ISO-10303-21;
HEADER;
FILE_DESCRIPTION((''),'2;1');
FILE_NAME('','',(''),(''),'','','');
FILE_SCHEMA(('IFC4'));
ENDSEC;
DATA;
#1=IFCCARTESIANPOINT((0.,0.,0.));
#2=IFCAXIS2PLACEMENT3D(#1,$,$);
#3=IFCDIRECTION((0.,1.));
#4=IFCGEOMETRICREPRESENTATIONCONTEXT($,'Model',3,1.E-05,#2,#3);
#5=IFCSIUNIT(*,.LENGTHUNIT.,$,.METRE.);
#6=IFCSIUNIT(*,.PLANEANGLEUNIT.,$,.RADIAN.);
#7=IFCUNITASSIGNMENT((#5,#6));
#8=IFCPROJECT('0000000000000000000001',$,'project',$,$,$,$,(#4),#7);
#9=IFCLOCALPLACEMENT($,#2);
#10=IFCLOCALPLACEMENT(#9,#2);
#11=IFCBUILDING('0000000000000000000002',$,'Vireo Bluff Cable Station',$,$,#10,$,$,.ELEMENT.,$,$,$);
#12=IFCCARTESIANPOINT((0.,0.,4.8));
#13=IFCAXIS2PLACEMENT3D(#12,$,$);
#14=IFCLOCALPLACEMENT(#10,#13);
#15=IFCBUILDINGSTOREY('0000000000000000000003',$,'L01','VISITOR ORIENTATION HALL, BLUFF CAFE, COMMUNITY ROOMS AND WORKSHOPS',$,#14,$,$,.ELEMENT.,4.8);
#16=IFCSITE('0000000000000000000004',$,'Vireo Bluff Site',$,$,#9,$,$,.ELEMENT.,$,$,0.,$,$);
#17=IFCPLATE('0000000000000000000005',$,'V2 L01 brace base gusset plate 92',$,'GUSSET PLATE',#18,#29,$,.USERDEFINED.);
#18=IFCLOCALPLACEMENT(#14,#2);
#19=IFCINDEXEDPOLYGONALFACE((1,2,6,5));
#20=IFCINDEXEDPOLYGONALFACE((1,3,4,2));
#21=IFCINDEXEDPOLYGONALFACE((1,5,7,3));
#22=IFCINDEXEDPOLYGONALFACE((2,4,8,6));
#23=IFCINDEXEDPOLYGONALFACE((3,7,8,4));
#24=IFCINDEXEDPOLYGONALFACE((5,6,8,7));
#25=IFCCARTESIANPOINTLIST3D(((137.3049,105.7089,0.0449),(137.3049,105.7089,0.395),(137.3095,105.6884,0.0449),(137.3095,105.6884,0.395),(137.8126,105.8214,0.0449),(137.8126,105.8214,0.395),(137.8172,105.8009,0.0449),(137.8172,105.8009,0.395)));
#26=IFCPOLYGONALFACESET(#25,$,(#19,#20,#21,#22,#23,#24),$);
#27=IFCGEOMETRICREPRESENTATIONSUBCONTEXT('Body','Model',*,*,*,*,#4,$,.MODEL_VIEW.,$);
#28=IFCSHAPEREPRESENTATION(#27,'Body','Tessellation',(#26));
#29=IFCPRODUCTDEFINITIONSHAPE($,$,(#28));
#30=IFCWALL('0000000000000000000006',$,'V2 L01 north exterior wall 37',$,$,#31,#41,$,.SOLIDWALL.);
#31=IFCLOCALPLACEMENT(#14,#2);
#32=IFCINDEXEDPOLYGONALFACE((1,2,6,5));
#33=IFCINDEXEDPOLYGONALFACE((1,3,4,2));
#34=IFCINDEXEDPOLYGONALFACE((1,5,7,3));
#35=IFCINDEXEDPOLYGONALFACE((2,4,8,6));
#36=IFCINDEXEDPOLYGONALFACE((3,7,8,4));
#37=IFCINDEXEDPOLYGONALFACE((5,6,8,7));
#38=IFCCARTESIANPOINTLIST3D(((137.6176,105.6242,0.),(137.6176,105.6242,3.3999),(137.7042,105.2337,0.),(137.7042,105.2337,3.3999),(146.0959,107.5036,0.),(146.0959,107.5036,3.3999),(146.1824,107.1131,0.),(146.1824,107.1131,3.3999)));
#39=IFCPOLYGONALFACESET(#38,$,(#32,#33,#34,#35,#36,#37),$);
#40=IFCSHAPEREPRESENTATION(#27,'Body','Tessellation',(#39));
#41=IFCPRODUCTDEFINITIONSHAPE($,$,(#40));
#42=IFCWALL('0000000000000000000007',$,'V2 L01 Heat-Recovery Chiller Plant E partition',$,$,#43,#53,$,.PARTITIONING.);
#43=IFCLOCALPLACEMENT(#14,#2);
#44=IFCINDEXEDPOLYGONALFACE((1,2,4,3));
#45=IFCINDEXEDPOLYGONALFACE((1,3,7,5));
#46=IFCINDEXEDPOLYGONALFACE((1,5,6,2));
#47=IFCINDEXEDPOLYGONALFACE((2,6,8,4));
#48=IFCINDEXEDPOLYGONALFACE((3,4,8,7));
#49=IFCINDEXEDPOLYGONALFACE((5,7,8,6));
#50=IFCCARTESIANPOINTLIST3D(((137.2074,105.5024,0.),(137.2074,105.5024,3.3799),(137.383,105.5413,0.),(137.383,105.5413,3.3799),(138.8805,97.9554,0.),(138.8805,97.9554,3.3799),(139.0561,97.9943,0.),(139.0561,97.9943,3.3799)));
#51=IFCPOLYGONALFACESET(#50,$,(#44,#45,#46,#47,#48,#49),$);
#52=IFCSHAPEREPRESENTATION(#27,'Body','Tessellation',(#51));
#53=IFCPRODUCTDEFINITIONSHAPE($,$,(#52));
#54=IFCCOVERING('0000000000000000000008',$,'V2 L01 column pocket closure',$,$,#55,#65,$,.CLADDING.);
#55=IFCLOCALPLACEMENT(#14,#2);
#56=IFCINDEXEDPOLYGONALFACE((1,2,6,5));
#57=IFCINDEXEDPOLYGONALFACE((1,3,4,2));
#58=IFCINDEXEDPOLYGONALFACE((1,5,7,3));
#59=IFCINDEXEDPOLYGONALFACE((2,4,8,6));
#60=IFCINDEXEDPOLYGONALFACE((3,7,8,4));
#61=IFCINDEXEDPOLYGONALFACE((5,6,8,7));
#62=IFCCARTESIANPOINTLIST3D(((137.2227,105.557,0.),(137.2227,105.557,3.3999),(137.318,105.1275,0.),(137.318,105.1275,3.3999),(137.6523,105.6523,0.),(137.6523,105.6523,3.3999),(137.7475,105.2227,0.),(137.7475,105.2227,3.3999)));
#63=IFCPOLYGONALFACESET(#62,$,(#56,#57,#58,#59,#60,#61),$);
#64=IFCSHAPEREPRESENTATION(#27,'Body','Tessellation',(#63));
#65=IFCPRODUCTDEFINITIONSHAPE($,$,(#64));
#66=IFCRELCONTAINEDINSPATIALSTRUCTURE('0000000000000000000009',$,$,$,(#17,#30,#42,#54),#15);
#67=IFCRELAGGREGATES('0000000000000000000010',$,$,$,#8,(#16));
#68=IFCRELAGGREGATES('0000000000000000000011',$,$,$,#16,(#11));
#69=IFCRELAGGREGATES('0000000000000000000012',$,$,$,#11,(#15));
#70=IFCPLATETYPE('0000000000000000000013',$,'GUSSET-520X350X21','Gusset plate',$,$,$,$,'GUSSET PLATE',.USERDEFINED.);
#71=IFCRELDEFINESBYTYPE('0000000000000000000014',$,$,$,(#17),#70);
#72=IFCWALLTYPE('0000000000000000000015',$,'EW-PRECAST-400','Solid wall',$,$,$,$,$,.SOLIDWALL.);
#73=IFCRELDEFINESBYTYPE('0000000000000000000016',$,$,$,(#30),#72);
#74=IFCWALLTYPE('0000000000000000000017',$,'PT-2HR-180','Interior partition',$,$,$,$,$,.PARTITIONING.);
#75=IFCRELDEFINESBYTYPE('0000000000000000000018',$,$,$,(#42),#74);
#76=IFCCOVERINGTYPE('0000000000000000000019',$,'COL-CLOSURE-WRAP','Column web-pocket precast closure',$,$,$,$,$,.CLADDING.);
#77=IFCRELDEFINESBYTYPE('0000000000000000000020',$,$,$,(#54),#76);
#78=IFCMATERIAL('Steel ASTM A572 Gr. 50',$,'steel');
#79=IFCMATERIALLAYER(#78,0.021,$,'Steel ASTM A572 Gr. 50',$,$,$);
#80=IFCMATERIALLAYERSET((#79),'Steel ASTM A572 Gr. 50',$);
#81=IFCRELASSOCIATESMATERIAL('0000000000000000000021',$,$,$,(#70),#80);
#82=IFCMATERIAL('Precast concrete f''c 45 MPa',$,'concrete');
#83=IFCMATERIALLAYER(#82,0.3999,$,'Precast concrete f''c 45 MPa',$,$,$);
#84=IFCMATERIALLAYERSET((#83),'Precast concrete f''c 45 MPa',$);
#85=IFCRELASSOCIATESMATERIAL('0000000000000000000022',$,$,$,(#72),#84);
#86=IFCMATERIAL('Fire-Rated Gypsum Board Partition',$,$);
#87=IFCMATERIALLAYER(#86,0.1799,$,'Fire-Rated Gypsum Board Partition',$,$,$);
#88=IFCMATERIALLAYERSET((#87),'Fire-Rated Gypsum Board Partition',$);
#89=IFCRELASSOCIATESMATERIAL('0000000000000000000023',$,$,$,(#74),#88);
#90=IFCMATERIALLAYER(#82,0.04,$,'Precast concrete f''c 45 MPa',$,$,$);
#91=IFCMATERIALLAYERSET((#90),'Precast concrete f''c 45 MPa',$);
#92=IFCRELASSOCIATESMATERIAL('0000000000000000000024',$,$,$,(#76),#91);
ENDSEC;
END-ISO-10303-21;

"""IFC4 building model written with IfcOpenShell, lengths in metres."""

from ifc_helpers import new_model, si_unit, direction, frame, frame_2d, origin, origin_2d, place, context, subcontext, project, spatial, rectangle, extrude, material, layer, layer_set, type_object, element, save


model = new_model("IFC4")

# Units and contexts
model_context = context("Model", 3, precision=1e-05, world=origin(), true_north=direction((0.0, 1.0)))
body_context = subcontext(model_context, "Body", "Model", "MODEL_VIEW")
ifc_project = project(units=[si_unit("LENGTHUNIT", "METRE"), si_unit("PLANEANGLEUNIT", "RADIAN")], contexts=[model_context])

# Site, building, storey
site_placement = place(None, origin())
site = spatial("IfcSite", under=ifc_project, at=site_placement, Name="Vireo Bluff Site", CompositionType="ELEMENT", RefElevation=0.0)
building_placement = place(site_placement, origin())
building = spatial("IfcBuilding", under=site, at=building_placement, Name="Vireo Bluff Cable Station", CompositionType="ELEMENT")
storey_placement = place(building_placement, frame((0.0, 0.0, 4.8)))
storey = spatial("IfcBuildingStorey", under=building, at=storey_placement, Name="L01", Description="VISITOR ORIENTATION HALL, BLUFF CAFE, COMMUNITY ROOMS AND WORKSHOPS", CompositionType="ELEMENT", Elevation=4.8)

# Plate
ifc_material_1 = material(Name="Steel ASTM A572 Gr. 50", Category="steel")
ifc_layer_1 = layer(ifc_material_1, 0.021, Name="Steel ASTM A572 Gr. 50")
ifc_layer_set_1 = layer_set([ifc_layer_1], Name="Steel ASTM A572 Gr. 50")
plate_type_1 = type_object("IfcPlateType", Name="GUSSET-520X350X21", Description="Gusset plate", ElementType="GUSSET PLATE", PredefinedType="USERDEFINED", material=ifc_layer_set_1)
plate_1_placement = place(storey_placement, frame((137.561, 105.7549, 0.0449), z_axis=(0.0, 0.0, 1.0), x_axis=(0.976296, 0.21644, 0.0)))
element("IfcPlate", 1, at=plate_1_placement, inside=storey, type_object=plate_type_1, Name="V2 L01 brace base gusset plate 92", ObjectType="GUSSET PLATE", PredefinedType="USERDEFINED", context=body_context, shape_type="SweptSolid", body=[
    extrude(rectangle(XDim=0.52, YDim=0.021, at=origin_2d()), origin(), (0.0, 0.0, 1.0), 0.3501),
])

# Walls
ifc_material_2 = material(Name="Precast concrete f'c 45 MPa", Category="concrete")
ifc_layer_2 = layer(ifc_material_2, 0.3999, Name="Precast concrete f'c 45 MPa")
ifc_layer_set_2 = layer_set([ifc_layer_2], Name="Precast concrete f'c 45 MPa")
wall_type_1 = type_object("IfcWallType", Name="EW-PRECAST-400", Description="Solid wall", PredefinedType="SOLIDWALL", material=ifc_layer_set_2)
wall_1_placement = place(storey_placement, frame((137.6609, 105.429, 0.0), z_axis=(0.0, 0.0, 1.0), x_axis=(0.976301, 0.216418, 0.0)))
element("IfcWall", 2, at=wall_1_placement, inside=storey, type_object=wall_type_1, Name="V2 L01 north exterior wall 37", PredefinedType="SOLIDWALL", context=body_context, shape_type="SweptSolid", body=[
    extrude(rectangle(XDim=8.6841, YDim=0.3999, at=frame_2d((4.342, 0.0))), origin(), (0.0, 0.0, 1.0), 3.3999),
])
ifc_material_3 = material(Name="Fire-Rated Gypsum Board Partition")
ifc_layer_3 = layer(ifc_material_3, 0.1799, Name="Fire-Rated Gypsum Board Partition")
ifc_layer_set_3 = layer_set([ifc_layer_3], Name="Fire-Rated Gypsum Board Partition")
wall_type_2 = type_object("IfcWallType", Name="PT-2HR-180", Description="Interior partition", PredefinedType="PARTITIONING", material=ifc_layer_set_3)
wall_2_placement = place(storey_placement, frame((137.2952, 105.522, 0.0), z_axis=(0.0, 0.0, 1.0), x_axis=(0.216439, -0.976296, 0.0)))
element("IfcWall", 3, at=wall_2_placement, inside=storey, type_object=wall_type_2, Name="V2 L01 Heat-Recovery Chiller Plant E partition", PredefinedType="PARTITIONING", context=body_context, shape_type="SweptSolid", body=[
    extrude(rectangle(XDim=7.7302, YDim=0.1799, at=frame_2d((3.8652, 0.0))), origin(), (0.0, 0.0, 1.0), 3.3799),
])

# Covering
ifc_layer_4 = layer(ifc_material_2, 0.04, Name="Precast concrete f'c 45 MPa")
ifc_layer_set_4 = layer_set([ifc_layer_4], Name="Precast concrete f'c 45 MPa")
covering_type = type_object("IfcCoveringType", Name="COL-CLOSURE-WRAP", Description="Column web-pocket precast closure", PredefinedType="CLADDING", material=ifc_layer_set_4)
covering_placement = place(storey_placement, frame((137.4851, 105.3899, 0.0), z_axis=(0.0, 0.0, 1.0), x_axis=(0.976296, 0.21644, 0.0)))
element("IfcCovering", 4, at=covering_placement, inside=storey, type_object=covering_type, Name="V2 L01 column pocket closure", PredefinedType="CLADDING", context=body_context, shape_type="SweptSolid", body=[
    extrude(rectangle(XDim=0.4399, YDim=0.4399, at=origin_2d()), origin(), (0.0, 0.0, 1.0), 3.3999),
])

save(model, "model.ifc")
